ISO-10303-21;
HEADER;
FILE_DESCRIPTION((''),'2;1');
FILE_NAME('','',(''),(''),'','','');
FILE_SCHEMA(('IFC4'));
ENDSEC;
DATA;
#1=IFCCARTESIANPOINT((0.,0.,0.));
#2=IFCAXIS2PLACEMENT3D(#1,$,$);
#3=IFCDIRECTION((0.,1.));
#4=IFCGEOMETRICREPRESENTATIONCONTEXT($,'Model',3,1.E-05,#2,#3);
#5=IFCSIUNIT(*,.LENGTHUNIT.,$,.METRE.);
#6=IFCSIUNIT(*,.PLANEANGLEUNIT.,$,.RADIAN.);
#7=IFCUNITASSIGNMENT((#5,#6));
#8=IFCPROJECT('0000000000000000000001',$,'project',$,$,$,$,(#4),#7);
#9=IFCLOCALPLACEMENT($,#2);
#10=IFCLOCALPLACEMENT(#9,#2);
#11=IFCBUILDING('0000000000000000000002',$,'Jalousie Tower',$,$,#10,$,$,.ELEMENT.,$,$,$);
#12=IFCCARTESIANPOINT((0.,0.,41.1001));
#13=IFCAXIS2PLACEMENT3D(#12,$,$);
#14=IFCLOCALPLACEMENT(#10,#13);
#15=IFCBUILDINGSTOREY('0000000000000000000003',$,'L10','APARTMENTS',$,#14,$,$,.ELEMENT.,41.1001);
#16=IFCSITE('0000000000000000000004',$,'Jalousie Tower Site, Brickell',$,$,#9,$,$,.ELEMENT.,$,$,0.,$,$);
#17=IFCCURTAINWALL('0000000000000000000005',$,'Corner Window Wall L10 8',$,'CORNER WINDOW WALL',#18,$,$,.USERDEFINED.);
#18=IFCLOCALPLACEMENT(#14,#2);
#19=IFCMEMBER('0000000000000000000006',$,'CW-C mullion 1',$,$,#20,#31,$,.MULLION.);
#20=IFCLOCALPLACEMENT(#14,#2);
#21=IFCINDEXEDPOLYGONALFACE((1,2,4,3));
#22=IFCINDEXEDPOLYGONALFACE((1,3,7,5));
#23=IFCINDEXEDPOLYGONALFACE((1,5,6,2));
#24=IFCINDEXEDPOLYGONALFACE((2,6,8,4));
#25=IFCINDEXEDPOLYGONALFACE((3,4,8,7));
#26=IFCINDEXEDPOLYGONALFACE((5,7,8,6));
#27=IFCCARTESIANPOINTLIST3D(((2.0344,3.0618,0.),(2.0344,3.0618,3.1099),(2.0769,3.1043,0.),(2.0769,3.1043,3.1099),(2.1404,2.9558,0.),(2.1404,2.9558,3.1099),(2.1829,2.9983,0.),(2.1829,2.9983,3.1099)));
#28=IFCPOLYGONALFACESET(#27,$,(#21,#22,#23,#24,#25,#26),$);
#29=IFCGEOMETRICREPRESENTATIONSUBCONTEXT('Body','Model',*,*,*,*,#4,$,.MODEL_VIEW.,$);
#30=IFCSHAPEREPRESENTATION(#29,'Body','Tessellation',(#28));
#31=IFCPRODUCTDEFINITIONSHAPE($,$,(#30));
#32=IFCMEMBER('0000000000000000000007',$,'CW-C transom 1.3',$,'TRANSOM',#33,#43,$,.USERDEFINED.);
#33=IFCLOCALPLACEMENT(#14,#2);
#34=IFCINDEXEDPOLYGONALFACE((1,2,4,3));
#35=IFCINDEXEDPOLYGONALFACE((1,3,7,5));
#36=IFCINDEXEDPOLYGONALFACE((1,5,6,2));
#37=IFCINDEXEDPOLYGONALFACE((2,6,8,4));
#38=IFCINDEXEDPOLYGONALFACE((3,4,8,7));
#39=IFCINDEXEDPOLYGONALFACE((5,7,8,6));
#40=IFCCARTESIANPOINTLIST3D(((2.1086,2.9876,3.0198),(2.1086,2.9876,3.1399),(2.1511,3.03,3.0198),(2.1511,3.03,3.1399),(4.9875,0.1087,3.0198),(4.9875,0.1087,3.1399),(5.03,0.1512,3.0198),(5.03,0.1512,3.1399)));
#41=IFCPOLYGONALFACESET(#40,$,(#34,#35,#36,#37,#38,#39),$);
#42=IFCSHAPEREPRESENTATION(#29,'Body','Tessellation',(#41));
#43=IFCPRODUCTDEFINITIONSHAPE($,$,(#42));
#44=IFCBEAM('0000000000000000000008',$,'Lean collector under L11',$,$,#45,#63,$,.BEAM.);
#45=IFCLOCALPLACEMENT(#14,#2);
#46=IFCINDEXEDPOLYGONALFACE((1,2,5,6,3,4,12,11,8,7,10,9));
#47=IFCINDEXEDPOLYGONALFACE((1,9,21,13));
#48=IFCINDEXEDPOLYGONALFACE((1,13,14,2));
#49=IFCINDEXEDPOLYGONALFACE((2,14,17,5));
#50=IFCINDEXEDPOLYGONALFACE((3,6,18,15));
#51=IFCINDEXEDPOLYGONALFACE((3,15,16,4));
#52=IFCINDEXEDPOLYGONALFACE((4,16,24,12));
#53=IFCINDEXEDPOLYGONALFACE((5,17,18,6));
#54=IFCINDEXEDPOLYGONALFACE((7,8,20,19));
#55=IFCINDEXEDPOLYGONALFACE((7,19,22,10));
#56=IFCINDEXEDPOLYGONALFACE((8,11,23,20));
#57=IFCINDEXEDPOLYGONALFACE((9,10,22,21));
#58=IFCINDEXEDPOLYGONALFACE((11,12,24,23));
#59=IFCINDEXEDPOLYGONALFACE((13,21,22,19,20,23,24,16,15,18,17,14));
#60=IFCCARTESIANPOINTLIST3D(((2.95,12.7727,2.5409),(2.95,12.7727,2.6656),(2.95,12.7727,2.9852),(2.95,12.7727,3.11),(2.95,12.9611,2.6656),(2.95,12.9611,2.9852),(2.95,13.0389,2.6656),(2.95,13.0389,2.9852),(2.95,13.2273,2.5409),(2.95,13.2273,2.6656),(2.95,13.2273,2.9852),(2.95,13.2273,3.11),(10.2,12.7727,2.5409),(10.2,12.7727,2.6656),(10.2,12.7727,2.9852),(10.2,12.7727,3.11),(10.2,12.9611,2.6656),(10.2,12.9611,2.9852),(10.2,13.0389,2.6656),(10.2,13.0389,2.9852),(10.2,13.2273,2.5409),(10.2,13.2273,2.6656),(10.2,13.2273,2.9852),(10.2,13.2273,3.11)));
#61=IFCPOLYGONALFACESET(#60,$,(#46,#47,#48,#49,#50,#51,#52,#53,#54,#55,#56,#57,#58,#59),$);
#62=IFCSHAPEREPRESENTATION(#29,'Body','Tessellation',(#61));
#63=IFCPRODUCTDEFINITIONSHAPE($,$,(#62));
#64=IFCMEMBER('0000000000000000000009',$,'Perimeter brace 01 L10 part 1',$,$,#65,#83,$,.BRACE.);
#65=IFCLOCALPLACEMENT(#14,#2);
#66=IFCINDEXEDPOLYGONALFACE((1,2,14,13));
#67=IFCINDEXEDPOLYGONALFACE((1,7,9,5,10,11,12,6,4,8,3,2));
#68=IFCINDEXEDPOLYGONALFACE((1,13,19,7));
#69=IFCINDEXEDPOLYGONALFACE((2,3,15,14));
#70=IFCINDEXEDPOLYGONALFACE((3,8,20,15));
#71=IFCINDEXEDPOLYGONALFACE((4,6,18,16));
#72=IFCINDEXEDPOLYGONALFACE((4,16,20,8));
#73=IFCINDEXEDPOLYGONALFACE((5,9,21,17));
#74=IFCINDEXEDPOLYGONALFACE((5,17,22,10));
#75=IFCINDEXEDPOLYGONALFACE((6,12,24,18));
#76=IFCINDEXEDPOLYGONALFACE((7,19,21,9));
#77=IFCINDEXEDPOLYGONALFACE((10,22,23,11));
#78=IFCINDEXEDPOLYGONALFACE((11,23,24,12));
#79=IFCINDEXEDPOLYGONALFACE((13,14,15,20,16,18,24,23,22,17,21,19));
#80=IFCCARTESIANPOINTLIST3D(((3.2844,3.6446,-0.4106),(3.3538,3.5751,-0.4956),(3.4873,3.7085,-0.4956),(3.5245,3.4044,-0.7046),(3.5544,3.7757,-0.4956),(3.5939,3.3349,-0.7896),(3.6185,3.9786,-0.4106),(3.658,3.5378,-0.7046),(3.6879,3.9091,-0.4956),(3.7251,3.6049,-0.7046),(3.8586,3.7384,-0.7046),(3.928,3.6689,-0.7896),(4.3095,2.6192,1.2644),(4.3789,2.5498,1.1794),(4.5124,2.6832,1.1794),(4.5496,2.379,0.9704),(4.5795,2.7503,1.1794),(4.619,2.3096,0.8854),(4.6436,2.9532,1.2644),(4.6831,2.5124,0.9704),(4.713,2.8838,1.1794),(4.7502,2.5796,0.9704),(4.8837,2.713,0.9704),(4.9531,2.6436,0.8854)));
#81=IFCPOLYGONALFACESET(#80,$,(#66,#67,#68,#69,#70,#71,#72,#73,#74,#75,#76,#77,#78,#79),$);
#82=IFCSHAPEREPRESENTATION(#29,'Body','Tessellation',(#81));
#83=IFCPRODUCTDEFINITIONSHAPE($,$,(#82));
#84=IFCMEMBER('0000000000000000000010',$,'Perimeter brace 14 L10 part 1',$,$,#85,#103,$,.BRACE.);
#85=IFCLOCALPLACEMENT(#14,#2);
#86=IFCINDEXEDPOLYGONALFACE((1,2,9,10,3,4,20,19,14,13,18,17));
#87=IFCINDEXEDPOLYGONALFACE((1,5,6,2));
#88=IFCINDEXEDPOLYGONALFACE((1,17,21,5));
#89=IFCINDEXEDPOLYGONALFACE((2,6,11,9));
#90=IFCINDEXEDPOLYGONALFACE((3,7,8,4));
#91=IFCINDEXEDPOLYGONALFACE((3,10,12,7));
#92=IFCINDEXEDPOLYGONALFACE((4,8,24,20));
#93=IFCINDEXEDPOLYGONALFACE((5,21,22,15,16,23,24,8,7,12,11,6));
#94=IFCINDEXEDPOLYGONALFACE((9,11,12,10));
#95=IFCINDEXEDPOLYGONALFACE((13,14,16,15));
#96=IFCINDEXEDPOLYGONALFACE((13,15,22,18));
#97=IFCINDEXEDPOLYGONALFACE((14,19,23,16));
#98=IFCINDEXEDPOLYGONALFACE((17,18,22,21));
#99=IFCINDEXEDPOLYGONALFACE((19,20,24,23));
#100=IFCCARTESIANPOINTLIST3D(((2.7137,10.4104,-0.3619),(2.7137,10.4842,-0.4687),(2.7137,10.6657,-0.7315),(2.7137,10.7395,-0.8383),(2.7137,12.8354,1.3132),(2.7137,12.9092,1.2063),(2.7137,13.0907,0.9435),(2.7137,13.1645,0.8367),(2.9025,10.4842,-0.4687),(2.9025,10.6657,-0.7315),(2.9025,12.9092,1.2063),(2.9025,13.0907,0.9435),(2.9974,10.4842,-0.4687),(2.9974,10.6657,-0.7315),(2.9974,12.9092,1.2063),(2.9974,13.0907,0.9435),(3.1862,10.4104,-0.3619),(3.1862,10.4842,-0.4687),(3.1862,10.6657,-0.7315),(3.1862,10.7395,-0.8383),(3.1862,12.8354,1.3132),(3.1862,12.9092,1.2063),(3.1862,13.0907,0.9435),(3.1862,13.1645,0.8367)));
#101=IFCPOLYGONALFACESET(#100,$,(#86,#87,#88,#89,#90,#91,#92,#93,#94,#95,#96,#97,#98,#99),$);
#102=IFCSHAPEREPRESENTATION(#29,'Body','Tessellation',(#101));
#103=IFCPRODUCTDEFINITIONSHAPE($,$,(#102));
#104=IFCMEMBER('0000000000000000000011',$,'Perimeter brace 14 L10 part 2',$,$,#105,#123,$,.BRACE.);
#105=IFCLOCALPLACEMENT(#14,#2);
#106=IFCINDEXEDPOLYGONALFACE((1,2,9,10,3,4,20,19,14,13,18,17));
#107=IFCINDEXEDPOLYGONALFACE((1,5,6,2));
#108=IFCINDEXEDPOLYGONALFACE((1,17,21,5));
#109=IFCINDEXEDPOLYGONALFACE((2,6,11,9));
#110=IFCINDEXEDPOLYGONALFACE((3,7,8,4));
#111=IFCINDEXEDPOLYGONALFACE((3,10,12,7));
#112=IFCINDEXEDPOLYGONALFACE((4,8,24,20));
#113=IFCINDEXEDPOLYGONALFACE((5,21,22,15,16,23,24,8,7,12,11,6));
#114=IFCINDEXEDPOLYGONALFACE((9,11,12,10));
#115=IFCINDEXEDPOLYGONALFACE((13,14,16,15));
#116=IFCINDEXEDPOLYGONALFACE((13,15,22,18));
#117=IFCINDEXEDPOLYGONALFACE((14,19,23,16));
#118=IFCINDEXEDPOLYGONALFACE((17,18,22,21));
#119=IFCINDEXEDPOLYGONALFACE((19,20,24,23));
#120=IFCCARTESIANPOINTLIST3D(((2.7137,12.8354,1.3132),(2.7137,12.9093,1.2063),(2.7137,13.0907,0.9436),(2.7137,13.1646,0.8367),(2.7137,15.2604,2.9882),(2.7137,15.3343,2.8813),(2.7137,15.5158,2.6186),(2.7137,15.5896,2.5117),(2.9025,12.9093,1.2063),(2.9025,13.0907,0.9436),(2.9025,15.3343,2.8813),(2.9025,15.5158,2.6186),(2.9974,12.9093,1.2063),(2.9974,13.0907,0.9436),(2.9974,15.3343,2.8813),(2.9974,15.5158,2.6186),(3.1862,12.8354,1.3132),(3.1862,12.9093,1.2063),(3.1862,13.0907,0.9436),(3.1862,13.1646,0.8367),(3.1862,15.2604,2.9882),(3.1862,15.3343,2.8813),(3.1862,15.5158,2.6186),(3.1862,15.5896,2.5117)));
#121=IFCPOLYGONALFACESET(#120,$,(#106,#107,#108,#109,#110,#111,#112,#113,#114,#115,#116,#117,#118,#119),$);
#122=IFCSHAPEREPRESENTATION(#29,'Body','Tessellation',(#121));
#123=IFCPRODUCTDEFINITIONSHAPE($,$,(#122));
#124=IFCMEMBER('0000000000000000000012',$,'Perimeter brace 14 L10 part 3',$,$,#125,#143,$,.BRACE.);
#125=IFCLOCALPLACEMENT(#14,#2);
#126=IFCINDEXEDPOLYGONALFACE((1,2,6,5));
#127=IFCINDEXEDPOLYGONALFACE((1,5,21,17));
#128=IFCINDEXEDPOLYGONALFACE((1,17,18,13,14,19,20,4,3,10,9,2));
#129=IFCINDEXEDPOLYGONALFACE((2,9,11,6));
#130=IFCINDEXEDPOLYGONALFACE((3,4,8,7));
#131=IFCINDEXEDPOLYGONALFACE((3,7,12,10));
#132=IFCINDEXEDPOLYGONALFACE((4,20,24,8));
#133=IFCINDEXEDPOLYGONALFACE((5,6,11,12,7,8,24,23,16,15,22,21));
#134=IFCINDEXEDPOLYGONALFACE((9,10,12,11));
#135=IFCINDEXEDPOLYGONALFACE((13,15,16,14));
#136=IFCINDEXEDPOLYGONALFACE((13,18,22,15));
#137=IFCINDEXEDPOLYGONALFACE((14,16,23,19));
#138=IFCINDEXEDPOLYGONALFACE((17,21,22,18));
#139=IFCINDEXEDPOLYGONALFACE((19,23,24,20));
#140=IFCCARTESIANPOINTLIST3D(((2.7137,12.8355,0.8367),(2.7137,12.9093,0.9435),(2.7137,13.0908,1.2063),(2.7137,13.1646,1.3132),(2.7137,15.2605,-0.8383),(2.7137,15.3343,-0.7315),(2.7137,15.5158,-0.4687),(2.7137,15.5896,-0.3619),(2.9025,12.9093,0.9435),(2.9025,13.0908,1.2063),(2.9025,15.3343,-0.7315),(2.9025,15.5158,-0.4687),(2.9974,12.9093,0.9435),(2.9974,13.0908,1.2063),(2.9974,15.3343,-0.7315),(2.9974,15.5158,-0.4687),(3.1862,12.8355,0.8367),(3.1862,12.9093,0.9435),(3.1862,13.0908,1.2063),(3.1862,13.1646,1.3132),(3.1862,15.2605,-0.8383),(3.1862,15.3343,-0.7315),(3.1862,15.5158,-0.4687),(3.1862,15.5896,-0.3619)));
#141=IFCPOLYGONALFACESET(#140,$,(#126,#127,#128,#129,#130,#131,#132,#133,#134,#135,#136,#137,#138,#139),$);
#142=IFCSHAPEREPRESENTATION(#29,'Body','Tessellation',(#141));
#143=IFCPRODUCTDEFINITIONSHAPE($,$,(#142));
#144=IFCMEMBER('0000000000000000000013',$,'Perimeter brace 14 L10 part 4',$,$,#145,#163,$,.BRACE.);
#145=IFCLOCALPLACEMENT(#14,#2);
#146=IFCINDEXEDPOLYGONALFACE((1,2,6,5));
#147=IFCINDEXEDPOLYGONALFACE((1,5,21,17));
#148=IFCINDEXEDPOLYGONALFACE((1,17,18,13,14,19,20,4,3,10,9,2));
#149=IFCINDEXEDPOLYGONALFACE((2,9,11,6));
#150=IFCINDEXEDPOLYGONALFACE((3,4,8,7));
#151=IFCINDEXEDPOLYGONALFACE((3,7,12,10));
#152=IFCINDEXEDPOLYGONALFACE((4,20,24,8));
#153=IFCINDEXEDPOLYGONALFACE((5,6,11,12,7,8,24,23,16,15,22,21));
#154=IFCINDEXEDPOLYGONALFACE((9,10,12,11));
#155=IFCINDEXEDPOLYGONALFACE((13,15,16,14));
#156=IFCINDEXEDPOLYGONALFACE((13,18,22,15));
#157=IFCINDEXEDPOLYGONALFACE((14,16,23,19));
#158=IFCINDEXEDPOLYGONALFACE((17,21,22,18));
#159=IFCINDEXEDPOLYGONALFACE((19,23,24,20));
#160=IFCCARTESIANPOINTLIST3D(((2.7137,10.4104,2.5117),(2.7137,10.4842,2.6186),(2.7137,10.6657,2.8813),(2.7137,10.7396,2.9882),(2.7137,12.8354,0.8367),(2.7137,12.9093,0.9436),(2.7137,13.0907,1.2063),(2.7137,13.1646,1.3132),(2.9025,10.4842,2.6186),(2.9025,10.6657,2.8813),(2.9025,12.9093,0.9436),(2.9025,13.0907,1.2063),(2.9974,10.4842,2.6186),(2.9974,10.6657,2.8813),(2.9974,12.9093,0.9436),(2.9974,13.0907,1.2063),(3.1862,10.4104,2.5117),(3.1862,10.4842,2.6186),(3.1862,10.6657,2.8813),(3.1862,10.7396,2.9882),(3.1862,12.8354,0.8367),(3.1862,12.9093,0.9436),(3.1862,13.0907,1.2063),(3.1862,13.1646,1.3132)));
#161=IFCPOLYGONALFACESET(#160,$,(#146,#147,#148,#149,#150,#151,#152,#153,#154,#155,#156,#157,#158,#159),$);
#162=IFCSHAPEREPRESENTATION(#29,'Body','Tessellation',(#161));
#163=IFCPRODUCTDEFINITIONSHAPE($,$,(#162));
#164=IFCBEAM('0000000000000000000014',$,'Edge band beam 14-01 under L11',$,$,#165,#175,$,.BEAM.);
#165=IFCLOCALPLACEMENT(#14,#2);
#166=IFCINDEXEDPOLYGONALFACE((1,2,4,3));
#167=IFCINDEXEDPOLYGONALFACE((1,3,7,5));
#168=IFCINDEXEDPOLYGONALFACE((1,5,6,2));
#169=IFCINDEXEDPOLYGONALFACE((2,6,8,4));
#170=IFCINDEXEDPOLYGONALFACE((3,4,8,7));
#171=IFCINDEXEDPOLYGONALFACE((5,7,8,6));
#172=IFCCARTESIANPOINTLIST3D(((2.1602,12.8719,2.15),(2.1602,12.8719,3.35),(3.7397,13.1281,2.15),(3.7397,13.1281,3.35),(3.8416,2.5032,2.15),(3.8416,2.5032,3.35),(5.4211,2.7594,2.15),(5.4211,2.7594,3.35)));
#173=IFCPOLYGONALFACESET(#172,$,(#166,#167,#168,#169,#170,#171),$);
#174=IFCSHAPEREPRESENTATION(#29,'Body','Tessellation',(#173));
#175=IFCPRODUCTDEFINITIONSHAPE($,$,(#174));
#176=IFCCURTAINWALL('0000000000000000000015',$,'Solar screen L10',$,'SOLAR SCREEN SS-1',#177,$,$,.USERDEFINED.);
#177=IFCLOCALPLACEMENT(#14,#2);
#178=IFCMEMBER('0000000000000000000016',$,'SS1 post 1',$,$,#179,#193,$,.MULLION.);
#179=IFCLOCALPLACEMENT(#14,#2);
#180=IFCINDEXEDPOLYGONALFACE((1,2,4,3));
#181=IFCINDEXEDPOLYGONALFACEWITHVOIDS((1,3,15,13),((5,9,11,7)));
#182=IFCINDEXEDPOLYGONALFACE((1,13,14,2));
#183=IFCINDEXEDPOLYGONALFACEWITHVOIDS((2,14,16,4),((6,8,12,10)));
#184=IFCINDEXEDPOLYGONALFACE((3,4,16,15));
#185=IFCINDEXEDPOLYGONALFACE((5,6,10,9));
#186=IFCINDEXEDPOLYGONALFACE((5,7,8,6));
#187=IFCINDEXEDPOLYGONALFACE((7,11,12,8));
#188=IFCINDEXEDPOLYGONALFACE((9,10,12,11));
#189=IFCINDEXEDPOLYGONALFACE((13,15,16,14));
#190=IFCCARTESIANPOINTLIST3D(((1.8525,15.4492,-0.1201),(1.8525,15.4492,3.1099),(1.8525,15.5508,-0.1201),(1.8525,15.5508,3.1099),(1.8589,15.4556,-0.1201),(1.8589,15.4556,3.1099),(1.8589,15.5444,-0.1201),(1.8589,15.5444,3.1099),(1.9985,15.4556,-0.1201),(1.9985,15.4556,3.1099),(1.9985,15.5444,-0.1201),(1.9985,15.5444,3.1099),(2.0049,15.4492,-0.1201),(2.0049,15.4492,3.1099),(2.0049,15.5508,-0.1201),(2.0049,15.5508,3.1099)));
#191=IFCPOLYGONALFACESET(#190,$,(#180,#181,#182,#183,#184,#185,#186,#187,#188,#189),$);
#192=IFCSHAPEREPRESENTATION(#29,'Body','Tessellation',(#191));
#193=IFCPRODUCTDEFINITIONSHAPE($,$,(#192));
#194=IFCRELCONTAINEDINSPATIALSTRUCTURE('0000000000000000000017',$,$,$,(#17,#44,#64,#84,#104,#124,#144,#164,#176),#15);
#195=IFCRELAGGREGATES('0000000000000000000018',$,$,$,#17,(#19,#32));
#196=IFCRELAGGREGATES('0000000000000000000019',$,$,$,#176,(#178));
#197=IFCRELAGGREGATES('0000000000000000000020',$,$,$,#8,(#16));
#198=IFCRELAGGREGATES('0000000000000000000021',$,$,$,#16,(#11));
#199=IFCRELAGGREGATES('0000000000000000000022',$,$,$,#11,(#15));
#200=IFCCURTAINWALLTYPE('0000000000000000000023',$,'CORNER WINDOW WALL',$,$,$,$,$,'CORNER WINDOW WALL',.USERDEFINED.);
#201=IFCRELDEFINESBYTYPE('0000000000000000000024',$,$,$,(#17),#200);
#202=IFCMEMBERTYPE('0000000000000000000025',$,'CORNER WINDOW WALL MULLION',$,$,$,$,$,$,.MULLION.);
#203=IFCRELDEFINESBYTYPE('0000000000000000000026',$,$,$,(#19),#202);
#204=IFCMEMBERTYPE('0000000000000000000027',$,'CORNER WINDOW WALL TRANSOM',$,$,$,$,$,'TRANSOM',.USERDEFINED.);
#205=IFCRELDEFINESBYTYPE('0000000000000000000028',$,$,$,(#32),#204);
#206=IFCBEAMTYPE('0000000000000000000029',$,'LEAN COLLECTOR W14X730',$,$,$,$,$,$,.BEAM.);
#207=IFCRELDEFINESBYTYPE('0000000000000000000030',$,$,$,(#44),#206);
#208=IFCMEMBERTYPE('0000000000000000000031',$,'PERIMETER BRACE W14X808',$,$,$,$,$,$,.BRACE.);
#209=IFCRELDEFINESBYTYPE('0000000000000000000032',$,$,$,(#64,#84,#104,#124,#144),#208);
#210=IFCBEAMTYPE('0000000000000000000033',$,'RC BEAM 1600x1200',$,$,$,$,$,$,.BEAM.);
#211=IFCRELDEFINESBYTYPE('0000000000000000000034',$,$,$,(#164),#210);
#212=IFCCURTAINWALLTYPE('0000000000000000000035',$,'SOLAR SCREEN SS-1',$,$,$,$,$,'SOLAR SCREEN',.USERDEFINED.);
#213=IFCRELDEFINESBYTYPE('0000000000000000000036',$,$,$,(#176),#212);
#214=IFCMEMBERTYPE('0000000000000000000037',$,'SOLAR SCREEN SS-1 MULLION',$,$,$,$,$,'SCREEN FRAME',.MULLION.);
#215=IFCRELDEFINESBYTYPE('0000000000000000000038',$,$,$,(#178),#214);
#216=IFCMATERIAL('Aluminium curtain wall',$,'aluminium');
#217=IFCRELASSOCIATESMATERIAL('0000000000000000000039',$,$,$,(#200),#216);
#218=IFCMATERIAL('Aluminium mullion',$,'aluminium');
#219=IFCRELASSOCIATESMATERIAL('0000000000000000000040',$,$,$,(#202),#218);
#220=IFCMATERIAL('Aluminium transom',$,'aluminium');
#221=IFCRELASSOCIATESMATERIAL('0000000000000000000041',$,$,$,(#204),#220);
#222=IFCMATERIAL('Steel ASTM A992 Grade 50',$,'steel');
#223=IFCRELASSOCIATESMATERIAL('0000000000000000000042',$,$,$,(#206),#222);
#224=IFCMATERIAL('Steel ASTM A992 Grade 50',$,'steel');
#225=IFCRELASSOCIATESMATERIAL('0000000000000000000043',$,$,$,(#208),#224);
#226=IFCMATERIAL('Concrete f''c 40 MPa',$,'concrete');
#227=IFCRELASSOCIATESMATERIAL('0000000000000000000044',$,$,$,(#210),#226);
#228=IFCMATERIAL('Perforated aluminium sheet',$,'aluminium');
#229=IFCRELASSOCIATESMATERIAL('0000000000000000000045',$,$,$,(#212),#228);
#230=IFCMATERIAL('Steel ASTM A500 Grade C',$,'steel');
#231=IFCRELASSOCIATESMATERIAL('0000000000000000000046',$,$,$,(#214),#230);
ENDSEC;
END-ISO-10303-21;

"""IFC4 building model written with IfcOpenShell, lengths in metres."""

from ifc_helpers import new_model, si_unit, direction, frame, origin, origin_2d, place, context, subcontext, project, spatial, rectangle, hollow_rectangle, i_section, extrude, material, material_profile, profile_set, type_object, element, aggregate, save


model = new_model("IFC4")

# Units and contexts
model_context = context("Model", 3, precision=1e-05, world=origin(), true_north=direction((0.0, 1.0)))
body_context = subcontext(model_context, "Body", "Model", "MODEL_VIEW")
ifc_project = project(units=[si_unit("LENGTHUNIT", "METRE"), si_unit("PLANEANGLEUNIT", "RADIAN")], contexts=[model_context])

# Site, building, storey
site_placement = place(None, origin())
site = spatial("IfcSite", under=ifc_project, at=site_placement, Name="Jalousie Tower Site, Brickell", CompositionType="ELEMENT", RefElevation=0.0)
building_placement = place(site_placement, origin())
building = spatial("IfcBuilding", under=site, at=building_placement, Name="Jalousie Tower", CompositionType="ELEMENT")
storey_placement = place(building_placement, frame((0.0, 0.0, 41.1001)))
storey = spatial("IfcBuildingStorey", under=building, at=storey_placement, Name="L10", Description="APARTMENTS", CompositionType="ELEMENT", Elevation=41.1001)

# Curtain wall, members
ifc_material_1 = material(Name="Aluminium curtain wall", Category="aluminium")
curtain_wall_type_1 = type_object("IfcCurtainWallType", Name="CORNER WINDOW WALL", ElementType="CORNER WINDOW WALL", PredefinedType="USERDEFINED", material=ifc_material_1)
curtain_wall_1_placement = place(storey_placement, origin())
curtain_wall_1 = element("IfcCurtainWall", 1, at=curtain_wall_1_placement, inside=storey, type_object=curtain_wall_type_1, Name="Corner Window Wall L10 8", ObjectType="CORNER WINDOW WALL", PredefinedType="USERDEFINED")
ifc_material_2 = material(Name="Aluminium mullion", Category="aluminium")
ifc_material_profile_1 = material_profile(ifc_material_2, rectangle(XDim=0.0601, YDim=0.1499, at=origin_2d()), Name="MULLION 60x150")
ifc_profile_set_1 = profile_set([ifc_material_profile_1], Name="Aluminium mullion")
member_type_1 = type_object("IfcMemberType", Name="CORNER WINDOW WALL MULLION", PredefinedType="MULLION", material=ifc_profile_set_1)
member_1_placement = place(storey_placement, frame((2.1086, 3.03, 0.0), z_axis=(0.0, 0.0, 1.0), x_axis=(0.707107, 0.707107, 0.0)))
member_1 = element("IfcMember", 2, at=member_1_placement, type_object=member_type_1, Name="CW-C mullion 1", PredefinedType="MULLION", context=body_context, shape_type="SweptSolid", body=[
    extrude(rectangle(XDim=0.0601, YDim=0.1499, at=origin_2d()), origin(), (0.0, 0.0, 1.0), 3.1099),
])
ifc_material_3 = material(Name="Aluminium transom", Category="aluminium")
ifc_material_profile_2 = material_profile(ifc_material_3, rectangle(XDim=0.0601, YDim=0.1201, at=origin_2d()), Name="TRANSOM 60x120")
ifc_profile_set_2 = profile_set([ifc_material_profile_2], Name="Aluminium transom")
member_type_2 = type_object("IfcMemberType", Name="CORNER WINDOW WALL TRANSOM", ElementType="TRANSOM", PredefinedType="USERDEFINED", material=ifc_profile_set_2)
member_2_placement = place(storey_placement, frame((2.1299, 3.0088, 3.0798), z_axis=(0.707107, -0.707107, 0.0), x_axis=(0.707107, 0.707107, 0.0)))
member_2 = element("IfcMember", 3, at=member_2_placement, type_object=member_type_2, Name="CW-C transom 1.3", ObjectType="TRANSOM", PredefinedType="USERDEFINED", context=body_context, shape_type="SweptSolid", body=[
    extrude(rectangle(XDim=0.0601, YDim=0.1201, at=origin_2d()), origin(), (0.0, 0.0, 1.0), 4.0713),
])
aggregate(curtain_wall_1, [member_1, member_2])

# Beam
ifc_material_4 = material(Name="Steel ASTM A992 Grade 50", Category="steel")
ifc_material_profile_3 = material_profile(ifc_material_4, i_section(OverallWidth=0.4546, OverallDepth=0.5691, WebThickness=0.0779, FlangeThickness=0.1248, at=origin_2d()), Name="W14X730")
ifc_profile_set_3 = profile_set([ifc_material_profile_3], Name="Steel ASTM A992 Grade 50")
beam_type_1 = type_object("IfcBeamType", Name="LEAN COLLECTOR W14X730", PredefinedType="BEAM", material=ifc_profile_set_3)
beam_1_placement = place(storey_placement, frame((2.95, 13.0, 2.8254), z_axis=(1.0, 0.0, 0.0), x_axis=(0.0, 1.0, 0.0)))
element("IfcBeam", 4, at=beam_1_placement, inside=storey, type_object=beam_type_1, Name="Lean collector under L11", PredefinedType="BEAM", context=body_context, shape_type="SweptSolid", body=[
    extrude(i_section(OverallWidth=0.4546, OverallDepth=0.5691, WebThickness=0.0779, FlangeThickness=0.1248, at=origin_2d()), origin(), (0.0, 0.0, 1.0), 7.25),
])

# Members
ifc_material_5 = material(Name="Steel ASTM A992 Grade 50", Category="steel")
ifc_material_profile_4 = material_profile(ifc_material_5, i_section(OverallWidth=0.4724, OverallDepth=0.5791, WebThickness=0.095, FlangeThickness=0.1299, at=origin_2d()), Name="W14X808")
ifc_profile_set_4 = profile_set([ifc_material_profile_4], Name="Steel ASTM A992 Grade 50")
member_type_3 = type_object("IfcMemberType", Name="PERIMETER BRACE W14X808", PredefinedType="BRACE", material=ifc_profile_set_4)
member_3_placement = place(storey_placement, frame((3.6062, 3.6567, -0.6001), z_axis=(0.46273, -0.46284, 0.756082), x_axis=(0.707191, 0.707023, 0.0)))
element("IfcMember", 5, at=member_3_placement, inside=storey, type_object=member_type_3, Name="Perimeter brace 01 L10 part 1", PredefinedType="BRACE", context=body_context, shape_type="SweptSolid", body=[
    extrude(i_section(OverallWidth=0.4724, OverallDepth=0.5791, WebThickness=0.095, FlangeThickness=0.1299, at=origin_2d()), origin(), (0.0, 0.0, 1.0), 2.2153),
])
for number, where, z_axis, x_axis, name in (
    (6, (2.95, 10.575, -0.6001), (0.0, 0.8228, 0.568331), (-1.0, 0.0, 0.0), "Perimeter brace 14 L10 part 1"),
    (7, (2.95, 13.0, 1.075), (0.0, 0.8228, 0.568331), (-1.0, 0.0, 0.0), "Perimeter brace 14 L10 part 2"),
    (8, (2.95, 15.425, -0.6001), (0.0, -0.8228, 0.568331), (1.0, 0.0, 0.0), "Perimeter brace 14 L10 part 3"),
    (9, (2.95, 13.0, 1.075), (0.0, -0.8228, 0.568331), (1.0, 0.0, 0.0), "Perimeter brace 14 L10 part 4"),
):
    element("IfcMember", number, at=place(storey_placement, frame(where, z_axis=z_axis, x_axis=x_axis)), inside=storey, type_object=member_type_3, Name=name, PredefinedType="BRACE", context=body_context, shape_type="SweptSolid", body=[
        extrude(i_section(OverallWidth=0.4724, OverallDepth=0.5791, WebThickness=0.095, FlangeThickness=0.1299, at=origin_2d()), origin(), (0.0, 0.0, 1.0), 2.9473),
    ])

# Beam
ifc_material_6 = material(Name="Concrete f'c 40 MPa", Category="concrete")
ifc_material_profile_5 = material_profile(ifc_material_6, rectangle(XDim=1.6001, YDim=1.2, at=origin_2d()), Name="RC 1600x1200")
ifc_profile_set_5 = profile_set([ifc_material_profile_5], Name="Concrete f'c 40 MPa")
beam_type_2 = type_object("IfcBeamType", Name="RC BEAM 1600x1200", PredefinedType="BEAM", material=ifc_profile_set_5)
beam_2_placement = place(storey_placement, frame((2.95, 13.0, 2.75), z_axis=(0.160071, -0.987106, 0.0), x_axis=(0.987106, 0.160071, 0.0)))
element("IfcBeam", 10, at=beam_2_placement, inside=storey, type_object=beam_type_2, Name="Edge band beam 14-01 under L11", PredefinedType="BEAM", context=body_context, shape_type="SweptSolid", body=[
    extrude(rectangle(XDim=1.6001, YDim=1.2, at=origin_2d()), origin(), (0.0, 0.0, 1.0), 10.5042),
])

# Curtain wall, member
ifc_material_7 = material(Name="Perforated aluminium sheet", Category="aluminium")
curtain_wall_type_2 = type_object("IfcCurtainWallType", Name="SOLAR SCREEN SS-1", ElementType="SOLAR SCREEN", PredefinedType="USERDEFINED", material=ifc_material_7)
curtain_wall_2_placement = place(storey_placement, origin())
curtain_wall_2 = element("IfcCurtainWall", 11, at=curtain_wall_2_placement, inside=storey, type_object=curtain_wall_type_2, Name="Solar screen L10", ObjectType="SOLAR SCREEN SS-1", PredefinedType="USERDEFINED")
ifc_material_8 = material(Name="Steel ASTM A500 Grade C", Category="steel")
ifc_material_profile_6 = material_profile(ifc_material_8, hollow_rectangle(XDim=0.1016, YDim=0.1523, WallThickness=0.0063, at=origin_2d()), Name="HSS6X4X1/4")
ifc_profile_set_6 = profile_set([ifc_material_profile_6], Name="Steel ASTM A500 Grade C")
member_type_4 = type_object("IfcMemberType", Name="SOLAR SCREEN SS-1 MULLION", ElementType="SCREEN FRAME", PredefinedType="MULLION", material=ifc_profile_set_6)
member_4_placement = place(storey_placement, frame((1.9287, 15.5, -0.1201), z_axis=(0.0, 0.0, 1.0), x_axis=(0.0, -1.0, 0.0)))
member_4 = element("IfcMember", 12, at=member_4_placement, type_object=member_type_4, Name="SS1 post 1", PredefinedType="MULLION", context=body_context, shape_type="SweptSolid", body=[
    extrude(hollow_rectangle(XDim=0.1016, YDim=0.1523, WallThickness=0.0063, at=origin_2d()), origin(), (0.0, 0.0, 1.0), 3.23),
])

aggregate(curtain_wall_2, [member_4])

save(model, "model.ifc")
